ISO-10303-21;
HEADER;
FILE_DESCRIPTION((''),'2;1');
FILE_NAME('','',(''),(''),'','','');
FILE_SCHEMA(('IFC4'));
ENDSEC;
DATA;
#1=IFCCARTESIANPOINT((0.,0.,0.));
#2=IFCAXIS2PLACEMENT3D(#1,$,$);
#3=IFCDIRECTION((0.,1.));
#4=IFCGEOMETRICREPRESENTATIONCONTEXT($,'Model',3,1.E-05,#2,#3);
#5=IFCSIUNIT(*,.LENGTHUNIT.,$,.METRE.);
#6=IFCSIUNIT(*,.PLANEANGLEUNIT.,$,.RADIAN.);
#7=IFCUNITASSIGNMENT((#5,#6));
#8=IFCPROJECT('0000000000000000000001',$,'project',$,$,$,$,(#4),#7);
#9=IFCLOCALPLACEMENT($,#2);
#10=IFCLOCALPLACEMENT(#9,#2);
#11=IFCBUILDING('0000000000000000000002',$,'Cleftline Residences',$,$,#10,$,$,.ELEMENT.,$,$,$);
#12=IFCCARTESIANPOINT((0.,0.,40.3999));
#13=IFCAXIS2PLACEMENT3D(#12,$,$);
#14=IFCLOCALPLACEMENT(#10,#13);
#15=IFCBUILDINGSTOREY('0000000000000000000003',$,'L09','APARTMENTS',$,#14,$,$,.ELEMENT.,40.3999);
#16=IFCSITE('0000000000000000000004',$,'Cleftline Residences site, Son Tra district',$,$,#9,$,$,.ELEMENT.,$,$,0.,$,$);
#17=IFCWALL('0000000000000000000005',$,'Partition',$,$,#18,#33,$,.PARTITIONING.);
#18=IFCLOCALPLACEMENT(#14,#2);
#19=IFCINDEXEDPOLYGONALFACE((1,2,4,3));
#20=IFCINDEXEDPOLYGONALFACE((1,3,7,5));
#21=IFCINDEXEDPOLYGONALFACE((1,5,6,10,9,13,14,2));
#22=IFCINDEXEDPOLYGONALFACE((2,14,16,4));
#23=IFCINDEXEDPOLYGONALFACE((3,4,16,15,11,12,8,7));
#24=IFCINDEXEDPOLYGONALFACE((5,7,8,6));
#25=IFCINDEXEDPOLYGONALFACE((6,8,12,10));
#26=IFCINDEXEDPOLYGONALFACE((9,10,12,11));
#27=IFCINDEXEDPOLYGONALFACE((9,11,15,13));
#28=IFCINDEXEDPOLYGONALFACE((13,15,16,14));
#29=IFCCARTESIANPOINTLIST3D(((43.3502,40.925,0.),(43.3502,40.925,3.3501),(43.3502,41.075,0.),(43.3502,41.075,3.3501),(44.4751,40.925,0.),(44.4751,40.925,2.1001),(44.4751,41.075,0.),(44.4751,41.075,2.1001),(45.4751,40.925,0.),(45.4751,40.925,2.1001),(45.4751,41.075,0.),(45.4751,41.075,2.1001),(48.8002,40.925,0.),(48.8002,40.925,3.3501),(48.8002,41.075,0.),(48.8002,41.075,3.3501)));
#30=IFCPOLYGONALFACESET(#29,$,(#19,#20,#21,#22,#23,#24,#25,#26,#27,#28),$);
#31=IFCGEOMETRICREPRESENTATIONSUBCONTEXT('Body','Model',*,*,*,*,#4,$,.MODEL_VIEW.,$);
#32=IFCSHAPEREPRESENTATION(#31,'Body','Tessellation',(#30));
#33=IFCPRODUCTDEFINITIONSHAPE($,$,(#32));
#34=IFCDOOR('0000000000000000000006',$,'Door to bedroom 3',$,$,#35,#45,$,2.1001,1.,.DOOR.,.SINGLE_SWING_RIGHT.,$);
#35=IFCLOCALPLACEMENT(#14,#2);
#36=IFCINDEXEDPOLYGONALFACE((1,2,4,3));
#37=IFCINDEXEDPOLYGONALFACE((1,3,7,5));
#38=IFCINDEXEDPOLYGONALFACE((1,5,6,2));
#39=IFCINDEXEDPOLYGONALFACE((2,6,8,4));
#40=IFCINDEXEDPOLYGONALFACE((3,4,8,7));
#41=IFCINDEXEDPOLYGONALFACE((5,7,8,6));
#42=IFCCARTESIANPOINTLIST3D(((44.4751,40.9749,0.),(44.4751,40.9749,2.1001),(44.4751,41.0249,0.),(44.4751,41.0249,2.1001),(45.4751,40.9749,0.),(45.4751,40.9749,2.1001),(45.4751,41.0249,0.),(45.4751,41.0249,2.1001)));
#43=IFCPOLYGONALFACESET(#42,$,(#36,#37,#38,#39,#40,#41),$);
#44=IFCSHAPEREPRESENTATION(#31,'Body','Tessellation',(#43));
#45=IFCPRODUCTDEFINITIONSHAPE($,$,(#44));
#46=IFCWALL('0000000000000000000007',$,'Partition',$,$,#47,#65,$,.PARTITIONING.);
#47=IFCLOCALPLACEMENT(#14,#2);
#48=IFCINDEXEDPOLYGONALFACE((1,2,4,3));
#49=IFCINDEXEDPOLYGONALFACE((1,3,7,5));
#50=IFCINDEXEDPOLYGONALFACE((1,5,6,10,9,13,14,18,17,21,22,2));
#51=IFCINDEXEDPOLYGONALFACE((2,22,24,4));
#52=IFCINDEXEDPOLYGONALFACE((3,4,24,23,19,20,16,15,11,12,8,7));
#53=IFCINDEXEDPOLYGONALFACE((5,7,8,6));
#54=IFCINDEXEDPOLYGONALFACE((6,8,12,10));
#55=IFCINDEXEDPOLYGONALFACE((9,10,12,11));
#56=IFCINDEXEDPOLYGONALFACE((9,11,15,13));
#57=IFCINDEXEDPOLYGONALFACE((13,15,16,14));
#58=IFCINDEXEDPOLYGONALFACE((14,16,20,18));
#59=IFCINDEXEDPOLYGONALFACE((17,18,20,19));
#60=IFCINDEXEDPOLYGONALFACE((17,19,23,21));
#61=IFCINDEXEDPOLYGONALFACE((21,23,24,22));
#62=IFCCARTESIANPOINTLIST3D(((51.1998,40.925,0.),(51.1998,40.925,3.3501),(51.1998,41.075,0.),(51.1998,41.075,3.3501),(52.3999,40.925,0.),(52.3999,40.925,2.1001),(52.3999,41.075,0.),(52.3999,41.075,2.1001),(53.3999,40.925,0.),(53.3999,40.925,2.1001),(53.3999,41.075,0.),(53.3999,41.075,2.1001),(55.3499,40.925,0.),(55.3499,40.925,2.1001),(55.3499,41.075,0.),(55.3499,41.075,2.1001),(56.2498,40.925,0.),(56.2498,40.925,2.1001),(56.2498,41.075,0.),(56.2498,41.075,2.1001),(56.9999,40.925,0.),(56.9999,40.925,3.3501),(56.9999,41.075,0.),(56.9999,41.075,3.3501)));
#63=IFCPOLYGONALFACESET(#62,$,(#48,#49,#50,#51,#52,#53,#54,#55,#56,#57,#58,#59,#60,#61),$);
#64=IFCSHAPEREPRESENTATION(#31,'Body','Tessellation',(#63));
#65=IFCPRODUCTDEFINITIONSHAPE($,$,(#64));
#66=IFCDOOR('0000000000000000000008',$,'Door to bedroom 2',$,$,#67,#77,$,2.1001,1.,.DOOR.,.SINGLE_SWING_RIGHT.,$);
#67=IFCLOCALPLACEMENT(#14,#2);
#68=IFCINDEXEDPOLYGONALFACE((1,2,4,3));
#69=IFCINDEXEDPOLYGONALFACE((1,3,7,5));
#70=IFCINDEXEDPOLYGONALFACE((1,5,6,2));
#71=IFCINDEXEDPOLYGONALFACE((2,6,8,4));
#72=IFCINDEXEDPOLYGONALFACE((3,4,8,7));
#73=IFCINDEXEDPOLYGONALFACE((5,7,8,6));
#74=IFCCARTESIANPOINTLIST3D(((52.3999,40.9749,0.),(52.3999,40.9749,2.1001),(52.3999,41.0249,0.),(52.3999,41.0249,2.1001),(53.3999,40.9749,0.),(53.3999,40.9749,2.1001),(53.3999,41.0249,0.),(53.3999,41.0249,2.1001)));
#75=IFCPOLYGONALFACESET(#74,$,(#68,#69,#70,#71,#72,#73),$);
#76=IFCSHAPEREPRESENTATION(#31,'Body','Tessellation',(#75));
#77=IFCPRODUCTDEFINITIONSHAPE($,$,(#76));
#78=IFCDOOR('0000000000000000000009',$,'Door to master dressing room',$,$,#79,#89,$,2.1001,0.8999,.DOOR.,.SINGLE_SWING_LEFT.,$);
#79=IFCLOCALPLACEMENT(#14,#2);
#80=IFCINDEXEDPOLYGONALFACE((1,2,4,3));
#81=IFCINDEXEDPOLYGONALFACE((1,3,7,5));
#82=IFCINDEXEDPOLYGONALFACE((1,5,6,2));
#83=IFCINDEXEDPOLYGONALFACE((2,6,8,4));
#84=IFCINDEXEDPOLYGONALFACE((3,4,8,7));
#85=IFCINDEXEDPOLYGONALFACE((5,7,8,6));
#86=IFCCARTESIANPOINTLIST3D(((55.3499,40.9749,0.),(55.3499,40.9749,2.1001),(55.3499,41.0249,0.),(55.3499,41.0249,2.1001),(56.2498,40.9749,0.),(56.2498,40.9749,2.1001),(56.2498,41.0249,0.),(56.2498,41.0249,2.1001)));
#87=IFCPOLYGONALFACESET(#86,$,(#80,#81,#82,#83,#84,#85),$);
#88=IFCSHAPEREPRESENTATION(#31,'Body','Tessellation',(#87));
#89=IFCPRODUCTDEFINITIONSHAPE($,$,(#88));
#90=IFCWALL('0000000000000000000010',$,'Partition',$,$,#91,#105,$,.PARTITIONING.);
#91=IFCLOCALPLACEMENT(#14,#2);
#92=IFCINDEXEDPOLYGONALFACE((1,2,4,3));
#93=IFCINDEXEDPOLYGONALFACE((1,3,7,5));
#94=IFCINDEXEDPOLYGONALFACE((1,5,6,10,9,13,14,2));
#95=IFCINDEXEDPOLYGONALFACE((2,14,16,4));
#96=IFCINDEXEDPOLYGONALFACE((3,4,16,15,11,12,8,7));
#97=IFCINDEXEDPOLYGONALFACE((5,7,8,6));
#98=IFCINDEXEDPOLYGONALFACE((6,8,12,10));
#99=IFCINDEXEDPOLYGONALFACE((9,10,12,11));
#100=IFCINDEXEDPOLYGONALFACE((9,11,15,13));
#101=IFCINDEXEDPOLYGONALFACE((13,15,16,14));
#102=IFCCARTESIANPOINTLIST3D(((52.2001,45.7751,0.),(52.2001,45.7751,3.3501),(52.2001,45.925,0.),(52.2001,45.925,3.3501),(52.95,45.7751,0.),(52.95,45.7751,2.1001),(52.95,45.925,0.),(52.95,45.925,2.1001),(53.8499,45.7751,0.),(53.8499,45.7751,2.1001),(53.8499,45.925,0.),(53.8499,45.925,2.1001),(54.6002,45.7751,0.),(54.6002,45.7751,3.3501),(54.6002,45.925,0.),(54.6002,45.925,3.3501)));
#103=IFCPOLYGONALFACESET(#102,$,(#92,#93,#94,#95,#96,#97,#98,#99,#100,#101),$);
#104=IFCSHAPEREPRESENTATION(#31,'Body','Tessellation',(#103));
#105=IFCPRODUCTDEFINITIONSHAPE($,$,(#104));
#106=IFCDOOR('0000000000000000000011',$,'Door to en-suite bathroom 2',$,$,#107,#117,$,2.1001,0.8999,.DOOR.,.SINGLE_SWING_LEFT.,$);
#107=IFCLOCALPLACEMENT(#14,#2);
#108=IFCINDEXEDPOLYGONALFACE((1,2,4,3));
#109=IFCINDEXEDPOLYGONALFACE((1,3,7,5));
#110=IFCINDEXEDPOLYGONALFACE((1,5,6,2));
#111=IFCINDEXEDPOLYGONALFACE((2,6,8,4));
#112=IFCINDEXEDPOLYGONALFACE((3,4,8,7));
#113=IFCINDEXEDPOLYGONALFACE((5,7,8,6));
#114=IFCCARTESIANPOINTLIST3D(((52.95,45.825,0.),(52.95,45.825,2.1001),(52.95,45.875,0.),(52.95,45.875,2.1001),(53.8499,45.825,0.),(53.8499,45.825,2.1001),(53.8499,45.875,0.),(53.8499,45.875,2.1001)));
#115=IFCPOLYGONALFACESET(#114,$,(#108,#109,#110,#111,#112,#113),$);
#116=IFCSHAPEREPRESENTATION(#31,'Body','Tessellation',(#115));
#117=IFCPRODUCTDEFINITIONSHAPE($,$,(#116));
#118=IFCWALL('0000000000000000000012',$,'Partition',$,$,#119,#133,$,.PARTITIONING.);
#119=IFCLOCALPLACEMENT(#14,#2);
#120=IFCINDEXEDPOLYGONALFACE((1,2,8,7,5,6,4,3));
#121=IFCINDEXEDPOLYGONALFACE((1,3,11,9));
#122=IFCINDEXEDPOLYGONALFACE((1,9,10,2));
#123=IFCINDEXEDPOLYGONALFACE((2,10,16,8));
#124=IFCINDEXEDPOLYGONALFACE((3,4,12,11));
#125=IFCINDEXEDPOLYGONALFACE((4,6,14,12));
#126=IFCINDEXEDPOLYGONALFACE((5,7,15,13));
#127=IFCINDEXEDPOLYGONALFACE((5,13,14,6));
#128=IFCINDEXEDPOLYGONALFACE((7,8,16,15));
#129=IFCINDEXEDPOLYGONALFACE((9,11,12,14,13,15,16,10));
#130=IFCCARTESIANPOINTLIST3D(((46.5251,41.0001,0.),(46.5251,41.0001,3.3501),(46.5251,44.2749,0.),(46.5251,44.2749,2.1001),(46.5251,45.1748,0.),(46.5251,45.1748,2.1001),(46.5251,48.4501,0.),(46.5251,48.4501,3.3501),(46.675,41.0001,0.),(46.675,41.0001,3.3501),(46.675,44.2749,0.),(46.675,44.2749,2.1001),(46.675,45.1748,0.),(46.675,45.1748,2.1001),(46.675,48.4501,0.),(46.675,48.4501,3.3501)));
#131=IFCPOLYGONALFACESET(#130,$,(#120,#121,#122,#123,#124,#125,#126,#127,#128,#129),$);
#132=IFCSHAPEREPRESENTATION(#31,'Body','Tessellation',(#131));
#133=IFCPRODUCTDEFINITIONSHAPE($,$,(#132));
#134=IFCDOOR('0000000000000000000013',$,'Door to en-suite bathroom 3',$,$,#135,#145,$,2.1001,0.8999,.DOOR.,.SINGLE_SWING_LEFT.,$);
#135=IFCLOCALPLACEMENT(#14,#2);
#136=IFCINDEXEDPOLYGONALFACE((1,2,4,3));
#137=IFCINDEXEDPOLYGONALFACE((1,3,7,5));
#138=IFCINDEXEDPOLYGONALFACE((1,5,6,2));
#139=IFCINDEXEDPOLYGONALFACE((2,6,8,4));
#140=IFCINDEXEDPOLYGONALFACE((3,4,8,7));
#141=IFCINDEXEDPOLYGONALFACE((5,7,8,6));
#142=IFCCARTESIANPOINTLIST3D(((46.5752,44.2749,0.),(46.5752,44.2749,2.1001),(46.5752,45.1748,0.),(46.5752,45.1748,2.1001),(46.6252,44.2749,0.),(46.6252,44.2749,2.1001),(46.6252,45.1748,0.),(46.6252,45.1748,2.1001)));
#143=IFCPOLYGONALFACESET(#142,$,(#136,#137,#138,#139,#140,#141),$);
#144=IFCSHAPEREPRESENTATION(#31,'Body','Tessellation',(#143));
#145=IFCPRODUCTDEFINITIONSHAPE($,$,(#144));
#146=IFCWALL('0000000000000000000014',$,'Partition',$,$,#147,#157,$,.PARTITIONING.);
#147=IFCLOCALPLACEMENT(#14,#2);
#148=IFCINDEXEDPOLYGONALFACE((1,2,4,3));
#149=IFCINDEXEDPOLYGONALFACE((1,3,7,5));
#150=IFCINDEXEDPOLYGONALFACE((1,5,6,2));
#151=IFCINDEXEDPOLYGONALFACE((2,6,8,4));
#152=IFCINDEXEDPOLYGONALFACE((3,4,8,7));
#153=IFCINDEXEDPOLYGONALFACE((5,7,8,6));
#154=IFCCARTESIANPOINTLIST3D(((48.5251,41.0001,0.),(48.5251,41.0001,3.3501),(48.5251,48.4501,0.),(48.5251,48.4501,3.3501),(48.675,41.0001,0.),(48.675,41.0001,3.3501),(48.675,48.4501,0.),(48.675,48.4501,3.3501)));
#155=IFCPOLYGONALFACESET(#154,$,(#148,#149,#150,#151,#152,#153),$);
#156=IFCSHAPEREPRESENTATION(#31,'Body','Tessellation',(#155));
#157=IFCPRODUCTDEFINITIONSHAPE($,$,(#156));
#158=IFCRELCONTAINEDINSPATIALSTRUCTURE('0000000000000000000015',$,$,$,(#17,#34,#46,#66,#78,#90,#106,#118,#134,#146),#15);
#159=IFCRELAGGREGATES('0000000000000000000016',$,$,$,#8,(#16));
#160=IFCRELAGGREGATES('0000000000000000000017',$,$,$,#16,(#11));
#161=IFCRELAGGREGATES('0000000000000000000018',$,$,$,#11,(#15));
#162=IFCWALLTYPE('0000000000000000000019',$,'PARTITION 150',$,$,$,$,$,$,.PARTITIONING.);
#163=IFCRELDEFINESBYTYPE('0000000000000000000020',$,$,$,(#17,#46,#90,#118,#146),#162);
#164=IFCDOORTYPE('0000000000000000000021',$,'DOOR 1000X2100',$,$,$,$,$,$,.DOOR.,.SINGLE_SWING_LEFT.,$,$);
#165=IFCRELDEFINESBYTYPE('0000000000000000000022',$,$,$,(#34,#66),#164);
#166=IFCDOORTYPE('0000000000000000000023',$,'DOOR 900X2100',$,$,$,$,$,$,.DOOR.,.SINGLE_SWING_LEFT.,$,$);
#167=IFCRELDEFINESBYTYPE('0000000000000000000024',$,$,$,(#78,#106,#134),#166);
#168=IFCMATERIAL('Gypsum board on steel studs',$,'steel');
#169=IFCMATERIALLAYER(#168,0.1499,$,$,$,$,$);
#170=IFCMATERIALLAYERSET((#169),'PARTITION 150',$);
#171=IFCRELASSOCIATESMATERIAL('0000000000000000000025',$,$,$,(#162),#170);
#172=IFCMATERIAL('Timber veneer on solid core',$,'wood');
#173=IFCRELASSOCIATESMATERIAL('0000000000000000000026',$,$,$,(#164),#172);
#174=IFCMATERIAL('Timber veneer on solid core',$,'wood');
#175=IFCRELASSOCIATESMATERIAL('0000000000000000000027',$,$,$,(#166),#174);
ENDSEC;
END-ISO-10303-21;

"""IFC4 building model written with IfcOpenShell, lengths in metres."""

from ifc_helpers import new_model, si_unit, direction, frame, frame_2d, origin, place, context, subcontext, project, spatial, rectangle, extrude, material, layer, layer_set, type_object, element, fill, save


model = new_model("IFC4")

# Units and contexts
model_context = context("Model", 3, precision=1e-05, world=origin(), true_north=direction((0.0, 1.0)))
body_context = subcontext(model_context, "Body", "Model", "MODEL_VIEW")
ifc_project = project(units=[si_unit("LENGTHUNIT", "METRE"), si_unit("PLANEANGLEUNIT", "RADIAN")], contexts=[model_context])

# Site, building, storey
site_placement = place(None, origin())
site = spatial("IfcSite", under=ifc_project, at=site_placement, Name="Cleftline Residences site, Son Tra district", CompositionType="ELEMENT", RefElevation=0.0)
building_placement = place(site_placement, origin())
building = spatial("IfcBuilding", under=site, at=building_placement, Name="Cleftline Residences", CompositionType="ELEMENT")
storey_placement = place(building_placement, frame((0.0, 0.0, 40.3999)))
storey = spatial("IfcBuildingStorey", under=building, at=storey_placement, Name="L09", Description="APARTMENTS", CompositionType="ELEMENT", Elevation=40.3999)

# Wall, opening, door
ifc_material_1 = material(Name="Gypsum board on steel studs", Category="steel")
ifc_layer_1 = layer(ifc_material_1, 0.1499)
ifc_layer_set_1 = layer_set([ifc_layer_1], Name="PARTITION 150")
wall_type = type_object("IfcWallType", Name="PARTITION 150", PredefinedType="PARTITIONING", material=ifc_layer_set_1)
wall_1_placement = place(storey_placement, frame((43.3501, 41.0, 0.0), z_axis=(0.0, 0.0, 1.0), x_axis=(1.0, 0.0, 0.0)))
wall_1 = element("IfcWall", 1, at=wall_1_placement, inside=storey, type_object=wall_type, Name="Partition", PredefinedType="PARTITIONING", context=body_context, shape_type="SweptSolid", body=[
    extrude(rectangle(XDim=5.45, YDim=0.1499, at=frame_2d((2.7251, 0.0))), origin(), (0.0, 0.0, 1.0), 3.3501),
])
opening_1_placement = place(wall_1_placement, frame((1.125, 0.0, 0.0)))
opening_1 = element("IfcOpeningElement", 2, at=opening_1_placement, cuts=wall_1, PredefinedType="OPENING", context=body_context, shape_type="SweptSolid", body=[
    extrude(rectangle(XDim=1.0, YDim=2.1001, at=frame_2d((0.5, 1.05))), frame((0.0, 0.085, 0.0), z_axis=(0.0, -1.0, 0.0), x_axis=(1.0, 0.0, 0.0)), (0.0, 0.0, 1.0), 0.1699),
])
ifc_material_2 = material(Name="Timber veneer on solid core", Category="wood")
door_type_1 = type_object("IfcDoorType", Name="DOOR 1000X2100", OperationType="SINGLE_SWING_LEFT", PredefinedType="DOOR", material=ifc_material_2)
door_1_placement = place(opening_1_placement, origin())
door_1 = element("IfcDoor", 3, at=door_1_placement, inside=storey, type_object=door_type_1, Name="Door to bedroom 3", OperationType="SINGLE_SWING_RIGHT", OverallHeight=2.1001, OverallWidth=1.0, PredefinedType="DOOR", context=body_context, shape_type="SweptSolid", body=[
    extrude(rectangle(XDim=1.0, YDim=2.1001, at=frame_2d((0.5, 1.05))), frame((0.0, 0.0249, 0.0), z_axis=(0.0, -1.0, 0.0), x_axis=(1.0, 0.0, 0.0)), (0.0, 0.0, 1.0), 0.05),
])
fill(opening_1, door_1)

# Wall, openings, doors
wall_2_placement = place(storey_placement, frame((51.2, 41.0, 0.0), z_axis=(0.0, 0.0, 1.0), x_axis=(1.0, 0.0, 0.0)))
wall_2 = element("IfcWall", 4, at=wall_2_placement, inside=storey, type_object=wall_type, Name="Partition", PredefinedType="PARTITIONING", context=body_context, shape_type="SweptSolid", body=[
    extrude(rectangle(XDim=5.8, YDim=0.1499, at=frame_2d((2.8999, 0.0))), origin(), (0.0, 0.0, 1.0), 3.3501),
])
opening_2_placement = place(wall_2_placement, frame((4.1499, 0.0, 0.0)))
opening_2 = element("IfcOpeningElement", 5, at=opening_2_placement, cuts=wall_2, PredefinedType="OPENING", context=body_context, shape_type="SweptSolid", body=[
    extrude(rectangle(XDim=0.8999, YDim=2.1001, at=frame_2d((0.45, 1.05))), frame((0.0, 0.085, 0.0), z_axis=(0.0, -1.0, 0.0), x_axis=(1.0, 0.0, 0.0)), (0.0, 0.0, 1.0), 0.1699),
])
opening_3_placement = place(wall_2_placement, frame((1.2, 0.0, 0.0)))
opening_3 = element("IfcOpeningElement", 6, at=opening_3_placement, cuts=wall_2, PredefinedType="OPENING", context=body_context, shape_type="SweptSolid", body=[
    extrude(rectangle(XDim=1.0, YDim=2.1001, at=frame_2d((0.5, 1.05))), frame((0.0, 0.085, 0.0), z_axis=(0.0, -1.0, 0.0), x_axis=(1.0, 0.0, 0.0)), (0.0, 0.0, 1.0), 0.1699),
])
door_2_placement = place(opening_3_placement, origin())
door_2 = element("IfcDoor", 7, at=door_2_placement, inside=storey, type_object=door_type_1, Name="Door to bedroom 2", OperationType="SINGLE_SWING_RIGHT", OverallHeight=2.1001, OverallWidth=1.0, PredefinedType="DOOR", context=body_context, shape_type="SweptSolid", body=[
    extrude(rectangle(XDim=1.0, YDim=2.1001, at=frame_2d((0.5, 1.05))), frame((0.0, 0.0249, 0.0), z_axis=(0.0, -1.0, 0.0), x_axis=(1.0, 0.0, 0.0)), (0.0, 0.0, 1.0), 0.05),
])
fill(opening_3, door_2)
ifc_material_3 = material(Name="Timber veneer on solid core", Category="wood")
door_type_2 = type_object("IfcDoorType", Name="DOOR 900X2100", OperationType="SINGLE_SWING_LEFT", PredefinedType="DOOR", material=ifc_material_3)
door_3_placement = place(opening_2_placement, origin())
door_3 = element("IfcDoor", 8, at=door_3_placement, inside=storey, type_object=door_type_2, Name="Door to master dressing room", OperationType="SINGLE_SWING_LEFT", OverallHeight=2.1001, OverallWidth=0.8999, PredefinedType="DOOR", context=body_context, shape_type="SweptSolid", body=[
    extrude(rectangle(XDim=0.8999, YDim=2.1001, at=frame_2d((0.45, 1.05))), frame((0.0, 0.0249, 0.0), z_axis=(0.0, -1.0, 0.0), x_axis=(1.0, 0.0, 0.0)), (0.0, 0.0, 1.0), 0.05),
])
fill(opening_2, door_3)

# Walls, openings, doors
wall_3_placement = place(storey_placement, frame((52.2, 45.8501, 0.0), z_axis=(0.0, 0.0, 1.0), x_axis=(1.0, 0.0, 0.0)))
wall_3 = element("IfcWall", 9, at=wall_3_placement, inside=storey, type_object=wall_type, Name="Partition", PredefinedType="PARTITIONING", context=body_context, shape_type="SweptSolid", body=[
    extrude(rectangle(XDim=2.4001, YDim=0.1499, at=frame_2d((1.2002, 0.0))), origin(), (0.0, 0.0, 1.0), 3.3501),
])
opening_4_placement = place(wall_3_placement, frame((0.75, 0.0, 0.0)))
opening_4 = element("IfcOpeningElement", 10, at=opening_4_placement, cuts=wall_3, PredefinedType="OPENING", context=body_context, shape_type="SweptSolid", body=[
    extrude(rectangle(XDim=0.8999, YDim=2.1001, at=frame_2d((0.45, 1.05))), frame((0.0, 0.085, 0.0), z_axis=(0.0, -1.0, 0.0), x_axis=(1.0, 0.0, 0.0)), (0.0, 0.0, 1.0), 0.1699),
])
door_4_placement = place(opening_4_placement, origin())
door_4 = element("IfcDoor", 11, at=door_4_placement, inside=storey, type_object=door_type_2, Name="Door to en-suite bathroom 2", OperationType="SINGLE_SWING_LEFT", OverallHeight=2.1001, OverallWidth=0.8999, PredefinedType="DOOR", context=body_context, shape_type="SweptSolid", body=[
    extrude(rectangle(XDim=0.8999, YDim=2.1001, at=frame_2d((0.45, 1.05))), frame((0.0, 0.0249, 0.0), z_axis=(0.0, -1.0, 0.0), x_axis=(1.0, 0.0, 0.0)), (0.0, 0.0, 1.0), 0.05),
])
fill(opening_4, door_4)
wall_4_placement = place(storey_placement, frame((46.6001, 41.0, 0.0), z_axis=(0.0, 0.0, 1.0), x_axis=(0.0, 1.0, 0.0)))
wall_4 = element("IfcWall", 12, at=wall_4_placement, inside=storey, type_object=wall_type, Name="Partition", PredefinedType="PARTITIONING", context=body_context, shape_type="SweptSolid", body=[
    extrude(rectangle(XDim=7.45, YDim=0.1499, at=frame_2d((3.7251, 0.0))), origin(), (0.0, 0.0, 1.0), 3.3501),
])
opening_5_placement = place(wall_4_placement, frame((3.2749, 0.0, 0.0)))
opening_5 = element("IfcOpeningElement", 13, at=opening_5_placement, cuts=wall_4, PredefinedType="OPENING", context=body_context, shape_type="SweptSolid", body=[
    extrude(rectangle(XDim=0.8999, YDim=2.1001, at=frame_2d((0.45, 1.05))), frame((0.0, 0.085, 0.0), z_axis=(0.0, -1.0, 0.0), x_axis=(1.0, 0.0, 0.0)), (0.0, 0.0, 1.0), 0.1699),
])
door_5_placement = place(opening_5_placement, origin())
door_5 = element("IfcDoor", 14, at=door_5_placement, inside=storey, type_object=door_type_2, Name="Door to en-suite bathroom 3", OperationType="SINGLE_SWING_LEFT", OverallHeight=2.1001, OverallWidth=0.8999, PredefinedType="DOOR", context=body_context, shape_type="SweptSolid", body=[
    extrude(rectangle(XDim=0.8999, YDim=2.1001, at=frame_2d((0.45, 1.05))), frame((0.0, 0.0249, 0.0), z_axis=(0.0, -1.0, 0.0), x_axis=(1.0, 0.0, 0.0)), (0.0, 0.0, 1.0), 0.05),
])
fill(opening_5, door_5)

# Wall
wall_5_placement = place(storey_placement, frame((48.6001, 41.0, 0.0), z_axis=(0.0, 0.0, 1.0), x_axis=(0.0, 1.0, 0.0)))
element("IfcWall", 15, at=wall_5_placement, inside=storey, type_object=wall_type, Name="Partition", PredefinedType="PARTITIONING", context=body_context, shape_type="SweptSolid", body=[
    extrude(rectangle(XDim=7.45, YDim=0.1499, at=frame_2d((3.7251, 0.0))), origin(), (0.0, 0.0, 1.0), 3.3501),
])

save(model, "model.ifc")
